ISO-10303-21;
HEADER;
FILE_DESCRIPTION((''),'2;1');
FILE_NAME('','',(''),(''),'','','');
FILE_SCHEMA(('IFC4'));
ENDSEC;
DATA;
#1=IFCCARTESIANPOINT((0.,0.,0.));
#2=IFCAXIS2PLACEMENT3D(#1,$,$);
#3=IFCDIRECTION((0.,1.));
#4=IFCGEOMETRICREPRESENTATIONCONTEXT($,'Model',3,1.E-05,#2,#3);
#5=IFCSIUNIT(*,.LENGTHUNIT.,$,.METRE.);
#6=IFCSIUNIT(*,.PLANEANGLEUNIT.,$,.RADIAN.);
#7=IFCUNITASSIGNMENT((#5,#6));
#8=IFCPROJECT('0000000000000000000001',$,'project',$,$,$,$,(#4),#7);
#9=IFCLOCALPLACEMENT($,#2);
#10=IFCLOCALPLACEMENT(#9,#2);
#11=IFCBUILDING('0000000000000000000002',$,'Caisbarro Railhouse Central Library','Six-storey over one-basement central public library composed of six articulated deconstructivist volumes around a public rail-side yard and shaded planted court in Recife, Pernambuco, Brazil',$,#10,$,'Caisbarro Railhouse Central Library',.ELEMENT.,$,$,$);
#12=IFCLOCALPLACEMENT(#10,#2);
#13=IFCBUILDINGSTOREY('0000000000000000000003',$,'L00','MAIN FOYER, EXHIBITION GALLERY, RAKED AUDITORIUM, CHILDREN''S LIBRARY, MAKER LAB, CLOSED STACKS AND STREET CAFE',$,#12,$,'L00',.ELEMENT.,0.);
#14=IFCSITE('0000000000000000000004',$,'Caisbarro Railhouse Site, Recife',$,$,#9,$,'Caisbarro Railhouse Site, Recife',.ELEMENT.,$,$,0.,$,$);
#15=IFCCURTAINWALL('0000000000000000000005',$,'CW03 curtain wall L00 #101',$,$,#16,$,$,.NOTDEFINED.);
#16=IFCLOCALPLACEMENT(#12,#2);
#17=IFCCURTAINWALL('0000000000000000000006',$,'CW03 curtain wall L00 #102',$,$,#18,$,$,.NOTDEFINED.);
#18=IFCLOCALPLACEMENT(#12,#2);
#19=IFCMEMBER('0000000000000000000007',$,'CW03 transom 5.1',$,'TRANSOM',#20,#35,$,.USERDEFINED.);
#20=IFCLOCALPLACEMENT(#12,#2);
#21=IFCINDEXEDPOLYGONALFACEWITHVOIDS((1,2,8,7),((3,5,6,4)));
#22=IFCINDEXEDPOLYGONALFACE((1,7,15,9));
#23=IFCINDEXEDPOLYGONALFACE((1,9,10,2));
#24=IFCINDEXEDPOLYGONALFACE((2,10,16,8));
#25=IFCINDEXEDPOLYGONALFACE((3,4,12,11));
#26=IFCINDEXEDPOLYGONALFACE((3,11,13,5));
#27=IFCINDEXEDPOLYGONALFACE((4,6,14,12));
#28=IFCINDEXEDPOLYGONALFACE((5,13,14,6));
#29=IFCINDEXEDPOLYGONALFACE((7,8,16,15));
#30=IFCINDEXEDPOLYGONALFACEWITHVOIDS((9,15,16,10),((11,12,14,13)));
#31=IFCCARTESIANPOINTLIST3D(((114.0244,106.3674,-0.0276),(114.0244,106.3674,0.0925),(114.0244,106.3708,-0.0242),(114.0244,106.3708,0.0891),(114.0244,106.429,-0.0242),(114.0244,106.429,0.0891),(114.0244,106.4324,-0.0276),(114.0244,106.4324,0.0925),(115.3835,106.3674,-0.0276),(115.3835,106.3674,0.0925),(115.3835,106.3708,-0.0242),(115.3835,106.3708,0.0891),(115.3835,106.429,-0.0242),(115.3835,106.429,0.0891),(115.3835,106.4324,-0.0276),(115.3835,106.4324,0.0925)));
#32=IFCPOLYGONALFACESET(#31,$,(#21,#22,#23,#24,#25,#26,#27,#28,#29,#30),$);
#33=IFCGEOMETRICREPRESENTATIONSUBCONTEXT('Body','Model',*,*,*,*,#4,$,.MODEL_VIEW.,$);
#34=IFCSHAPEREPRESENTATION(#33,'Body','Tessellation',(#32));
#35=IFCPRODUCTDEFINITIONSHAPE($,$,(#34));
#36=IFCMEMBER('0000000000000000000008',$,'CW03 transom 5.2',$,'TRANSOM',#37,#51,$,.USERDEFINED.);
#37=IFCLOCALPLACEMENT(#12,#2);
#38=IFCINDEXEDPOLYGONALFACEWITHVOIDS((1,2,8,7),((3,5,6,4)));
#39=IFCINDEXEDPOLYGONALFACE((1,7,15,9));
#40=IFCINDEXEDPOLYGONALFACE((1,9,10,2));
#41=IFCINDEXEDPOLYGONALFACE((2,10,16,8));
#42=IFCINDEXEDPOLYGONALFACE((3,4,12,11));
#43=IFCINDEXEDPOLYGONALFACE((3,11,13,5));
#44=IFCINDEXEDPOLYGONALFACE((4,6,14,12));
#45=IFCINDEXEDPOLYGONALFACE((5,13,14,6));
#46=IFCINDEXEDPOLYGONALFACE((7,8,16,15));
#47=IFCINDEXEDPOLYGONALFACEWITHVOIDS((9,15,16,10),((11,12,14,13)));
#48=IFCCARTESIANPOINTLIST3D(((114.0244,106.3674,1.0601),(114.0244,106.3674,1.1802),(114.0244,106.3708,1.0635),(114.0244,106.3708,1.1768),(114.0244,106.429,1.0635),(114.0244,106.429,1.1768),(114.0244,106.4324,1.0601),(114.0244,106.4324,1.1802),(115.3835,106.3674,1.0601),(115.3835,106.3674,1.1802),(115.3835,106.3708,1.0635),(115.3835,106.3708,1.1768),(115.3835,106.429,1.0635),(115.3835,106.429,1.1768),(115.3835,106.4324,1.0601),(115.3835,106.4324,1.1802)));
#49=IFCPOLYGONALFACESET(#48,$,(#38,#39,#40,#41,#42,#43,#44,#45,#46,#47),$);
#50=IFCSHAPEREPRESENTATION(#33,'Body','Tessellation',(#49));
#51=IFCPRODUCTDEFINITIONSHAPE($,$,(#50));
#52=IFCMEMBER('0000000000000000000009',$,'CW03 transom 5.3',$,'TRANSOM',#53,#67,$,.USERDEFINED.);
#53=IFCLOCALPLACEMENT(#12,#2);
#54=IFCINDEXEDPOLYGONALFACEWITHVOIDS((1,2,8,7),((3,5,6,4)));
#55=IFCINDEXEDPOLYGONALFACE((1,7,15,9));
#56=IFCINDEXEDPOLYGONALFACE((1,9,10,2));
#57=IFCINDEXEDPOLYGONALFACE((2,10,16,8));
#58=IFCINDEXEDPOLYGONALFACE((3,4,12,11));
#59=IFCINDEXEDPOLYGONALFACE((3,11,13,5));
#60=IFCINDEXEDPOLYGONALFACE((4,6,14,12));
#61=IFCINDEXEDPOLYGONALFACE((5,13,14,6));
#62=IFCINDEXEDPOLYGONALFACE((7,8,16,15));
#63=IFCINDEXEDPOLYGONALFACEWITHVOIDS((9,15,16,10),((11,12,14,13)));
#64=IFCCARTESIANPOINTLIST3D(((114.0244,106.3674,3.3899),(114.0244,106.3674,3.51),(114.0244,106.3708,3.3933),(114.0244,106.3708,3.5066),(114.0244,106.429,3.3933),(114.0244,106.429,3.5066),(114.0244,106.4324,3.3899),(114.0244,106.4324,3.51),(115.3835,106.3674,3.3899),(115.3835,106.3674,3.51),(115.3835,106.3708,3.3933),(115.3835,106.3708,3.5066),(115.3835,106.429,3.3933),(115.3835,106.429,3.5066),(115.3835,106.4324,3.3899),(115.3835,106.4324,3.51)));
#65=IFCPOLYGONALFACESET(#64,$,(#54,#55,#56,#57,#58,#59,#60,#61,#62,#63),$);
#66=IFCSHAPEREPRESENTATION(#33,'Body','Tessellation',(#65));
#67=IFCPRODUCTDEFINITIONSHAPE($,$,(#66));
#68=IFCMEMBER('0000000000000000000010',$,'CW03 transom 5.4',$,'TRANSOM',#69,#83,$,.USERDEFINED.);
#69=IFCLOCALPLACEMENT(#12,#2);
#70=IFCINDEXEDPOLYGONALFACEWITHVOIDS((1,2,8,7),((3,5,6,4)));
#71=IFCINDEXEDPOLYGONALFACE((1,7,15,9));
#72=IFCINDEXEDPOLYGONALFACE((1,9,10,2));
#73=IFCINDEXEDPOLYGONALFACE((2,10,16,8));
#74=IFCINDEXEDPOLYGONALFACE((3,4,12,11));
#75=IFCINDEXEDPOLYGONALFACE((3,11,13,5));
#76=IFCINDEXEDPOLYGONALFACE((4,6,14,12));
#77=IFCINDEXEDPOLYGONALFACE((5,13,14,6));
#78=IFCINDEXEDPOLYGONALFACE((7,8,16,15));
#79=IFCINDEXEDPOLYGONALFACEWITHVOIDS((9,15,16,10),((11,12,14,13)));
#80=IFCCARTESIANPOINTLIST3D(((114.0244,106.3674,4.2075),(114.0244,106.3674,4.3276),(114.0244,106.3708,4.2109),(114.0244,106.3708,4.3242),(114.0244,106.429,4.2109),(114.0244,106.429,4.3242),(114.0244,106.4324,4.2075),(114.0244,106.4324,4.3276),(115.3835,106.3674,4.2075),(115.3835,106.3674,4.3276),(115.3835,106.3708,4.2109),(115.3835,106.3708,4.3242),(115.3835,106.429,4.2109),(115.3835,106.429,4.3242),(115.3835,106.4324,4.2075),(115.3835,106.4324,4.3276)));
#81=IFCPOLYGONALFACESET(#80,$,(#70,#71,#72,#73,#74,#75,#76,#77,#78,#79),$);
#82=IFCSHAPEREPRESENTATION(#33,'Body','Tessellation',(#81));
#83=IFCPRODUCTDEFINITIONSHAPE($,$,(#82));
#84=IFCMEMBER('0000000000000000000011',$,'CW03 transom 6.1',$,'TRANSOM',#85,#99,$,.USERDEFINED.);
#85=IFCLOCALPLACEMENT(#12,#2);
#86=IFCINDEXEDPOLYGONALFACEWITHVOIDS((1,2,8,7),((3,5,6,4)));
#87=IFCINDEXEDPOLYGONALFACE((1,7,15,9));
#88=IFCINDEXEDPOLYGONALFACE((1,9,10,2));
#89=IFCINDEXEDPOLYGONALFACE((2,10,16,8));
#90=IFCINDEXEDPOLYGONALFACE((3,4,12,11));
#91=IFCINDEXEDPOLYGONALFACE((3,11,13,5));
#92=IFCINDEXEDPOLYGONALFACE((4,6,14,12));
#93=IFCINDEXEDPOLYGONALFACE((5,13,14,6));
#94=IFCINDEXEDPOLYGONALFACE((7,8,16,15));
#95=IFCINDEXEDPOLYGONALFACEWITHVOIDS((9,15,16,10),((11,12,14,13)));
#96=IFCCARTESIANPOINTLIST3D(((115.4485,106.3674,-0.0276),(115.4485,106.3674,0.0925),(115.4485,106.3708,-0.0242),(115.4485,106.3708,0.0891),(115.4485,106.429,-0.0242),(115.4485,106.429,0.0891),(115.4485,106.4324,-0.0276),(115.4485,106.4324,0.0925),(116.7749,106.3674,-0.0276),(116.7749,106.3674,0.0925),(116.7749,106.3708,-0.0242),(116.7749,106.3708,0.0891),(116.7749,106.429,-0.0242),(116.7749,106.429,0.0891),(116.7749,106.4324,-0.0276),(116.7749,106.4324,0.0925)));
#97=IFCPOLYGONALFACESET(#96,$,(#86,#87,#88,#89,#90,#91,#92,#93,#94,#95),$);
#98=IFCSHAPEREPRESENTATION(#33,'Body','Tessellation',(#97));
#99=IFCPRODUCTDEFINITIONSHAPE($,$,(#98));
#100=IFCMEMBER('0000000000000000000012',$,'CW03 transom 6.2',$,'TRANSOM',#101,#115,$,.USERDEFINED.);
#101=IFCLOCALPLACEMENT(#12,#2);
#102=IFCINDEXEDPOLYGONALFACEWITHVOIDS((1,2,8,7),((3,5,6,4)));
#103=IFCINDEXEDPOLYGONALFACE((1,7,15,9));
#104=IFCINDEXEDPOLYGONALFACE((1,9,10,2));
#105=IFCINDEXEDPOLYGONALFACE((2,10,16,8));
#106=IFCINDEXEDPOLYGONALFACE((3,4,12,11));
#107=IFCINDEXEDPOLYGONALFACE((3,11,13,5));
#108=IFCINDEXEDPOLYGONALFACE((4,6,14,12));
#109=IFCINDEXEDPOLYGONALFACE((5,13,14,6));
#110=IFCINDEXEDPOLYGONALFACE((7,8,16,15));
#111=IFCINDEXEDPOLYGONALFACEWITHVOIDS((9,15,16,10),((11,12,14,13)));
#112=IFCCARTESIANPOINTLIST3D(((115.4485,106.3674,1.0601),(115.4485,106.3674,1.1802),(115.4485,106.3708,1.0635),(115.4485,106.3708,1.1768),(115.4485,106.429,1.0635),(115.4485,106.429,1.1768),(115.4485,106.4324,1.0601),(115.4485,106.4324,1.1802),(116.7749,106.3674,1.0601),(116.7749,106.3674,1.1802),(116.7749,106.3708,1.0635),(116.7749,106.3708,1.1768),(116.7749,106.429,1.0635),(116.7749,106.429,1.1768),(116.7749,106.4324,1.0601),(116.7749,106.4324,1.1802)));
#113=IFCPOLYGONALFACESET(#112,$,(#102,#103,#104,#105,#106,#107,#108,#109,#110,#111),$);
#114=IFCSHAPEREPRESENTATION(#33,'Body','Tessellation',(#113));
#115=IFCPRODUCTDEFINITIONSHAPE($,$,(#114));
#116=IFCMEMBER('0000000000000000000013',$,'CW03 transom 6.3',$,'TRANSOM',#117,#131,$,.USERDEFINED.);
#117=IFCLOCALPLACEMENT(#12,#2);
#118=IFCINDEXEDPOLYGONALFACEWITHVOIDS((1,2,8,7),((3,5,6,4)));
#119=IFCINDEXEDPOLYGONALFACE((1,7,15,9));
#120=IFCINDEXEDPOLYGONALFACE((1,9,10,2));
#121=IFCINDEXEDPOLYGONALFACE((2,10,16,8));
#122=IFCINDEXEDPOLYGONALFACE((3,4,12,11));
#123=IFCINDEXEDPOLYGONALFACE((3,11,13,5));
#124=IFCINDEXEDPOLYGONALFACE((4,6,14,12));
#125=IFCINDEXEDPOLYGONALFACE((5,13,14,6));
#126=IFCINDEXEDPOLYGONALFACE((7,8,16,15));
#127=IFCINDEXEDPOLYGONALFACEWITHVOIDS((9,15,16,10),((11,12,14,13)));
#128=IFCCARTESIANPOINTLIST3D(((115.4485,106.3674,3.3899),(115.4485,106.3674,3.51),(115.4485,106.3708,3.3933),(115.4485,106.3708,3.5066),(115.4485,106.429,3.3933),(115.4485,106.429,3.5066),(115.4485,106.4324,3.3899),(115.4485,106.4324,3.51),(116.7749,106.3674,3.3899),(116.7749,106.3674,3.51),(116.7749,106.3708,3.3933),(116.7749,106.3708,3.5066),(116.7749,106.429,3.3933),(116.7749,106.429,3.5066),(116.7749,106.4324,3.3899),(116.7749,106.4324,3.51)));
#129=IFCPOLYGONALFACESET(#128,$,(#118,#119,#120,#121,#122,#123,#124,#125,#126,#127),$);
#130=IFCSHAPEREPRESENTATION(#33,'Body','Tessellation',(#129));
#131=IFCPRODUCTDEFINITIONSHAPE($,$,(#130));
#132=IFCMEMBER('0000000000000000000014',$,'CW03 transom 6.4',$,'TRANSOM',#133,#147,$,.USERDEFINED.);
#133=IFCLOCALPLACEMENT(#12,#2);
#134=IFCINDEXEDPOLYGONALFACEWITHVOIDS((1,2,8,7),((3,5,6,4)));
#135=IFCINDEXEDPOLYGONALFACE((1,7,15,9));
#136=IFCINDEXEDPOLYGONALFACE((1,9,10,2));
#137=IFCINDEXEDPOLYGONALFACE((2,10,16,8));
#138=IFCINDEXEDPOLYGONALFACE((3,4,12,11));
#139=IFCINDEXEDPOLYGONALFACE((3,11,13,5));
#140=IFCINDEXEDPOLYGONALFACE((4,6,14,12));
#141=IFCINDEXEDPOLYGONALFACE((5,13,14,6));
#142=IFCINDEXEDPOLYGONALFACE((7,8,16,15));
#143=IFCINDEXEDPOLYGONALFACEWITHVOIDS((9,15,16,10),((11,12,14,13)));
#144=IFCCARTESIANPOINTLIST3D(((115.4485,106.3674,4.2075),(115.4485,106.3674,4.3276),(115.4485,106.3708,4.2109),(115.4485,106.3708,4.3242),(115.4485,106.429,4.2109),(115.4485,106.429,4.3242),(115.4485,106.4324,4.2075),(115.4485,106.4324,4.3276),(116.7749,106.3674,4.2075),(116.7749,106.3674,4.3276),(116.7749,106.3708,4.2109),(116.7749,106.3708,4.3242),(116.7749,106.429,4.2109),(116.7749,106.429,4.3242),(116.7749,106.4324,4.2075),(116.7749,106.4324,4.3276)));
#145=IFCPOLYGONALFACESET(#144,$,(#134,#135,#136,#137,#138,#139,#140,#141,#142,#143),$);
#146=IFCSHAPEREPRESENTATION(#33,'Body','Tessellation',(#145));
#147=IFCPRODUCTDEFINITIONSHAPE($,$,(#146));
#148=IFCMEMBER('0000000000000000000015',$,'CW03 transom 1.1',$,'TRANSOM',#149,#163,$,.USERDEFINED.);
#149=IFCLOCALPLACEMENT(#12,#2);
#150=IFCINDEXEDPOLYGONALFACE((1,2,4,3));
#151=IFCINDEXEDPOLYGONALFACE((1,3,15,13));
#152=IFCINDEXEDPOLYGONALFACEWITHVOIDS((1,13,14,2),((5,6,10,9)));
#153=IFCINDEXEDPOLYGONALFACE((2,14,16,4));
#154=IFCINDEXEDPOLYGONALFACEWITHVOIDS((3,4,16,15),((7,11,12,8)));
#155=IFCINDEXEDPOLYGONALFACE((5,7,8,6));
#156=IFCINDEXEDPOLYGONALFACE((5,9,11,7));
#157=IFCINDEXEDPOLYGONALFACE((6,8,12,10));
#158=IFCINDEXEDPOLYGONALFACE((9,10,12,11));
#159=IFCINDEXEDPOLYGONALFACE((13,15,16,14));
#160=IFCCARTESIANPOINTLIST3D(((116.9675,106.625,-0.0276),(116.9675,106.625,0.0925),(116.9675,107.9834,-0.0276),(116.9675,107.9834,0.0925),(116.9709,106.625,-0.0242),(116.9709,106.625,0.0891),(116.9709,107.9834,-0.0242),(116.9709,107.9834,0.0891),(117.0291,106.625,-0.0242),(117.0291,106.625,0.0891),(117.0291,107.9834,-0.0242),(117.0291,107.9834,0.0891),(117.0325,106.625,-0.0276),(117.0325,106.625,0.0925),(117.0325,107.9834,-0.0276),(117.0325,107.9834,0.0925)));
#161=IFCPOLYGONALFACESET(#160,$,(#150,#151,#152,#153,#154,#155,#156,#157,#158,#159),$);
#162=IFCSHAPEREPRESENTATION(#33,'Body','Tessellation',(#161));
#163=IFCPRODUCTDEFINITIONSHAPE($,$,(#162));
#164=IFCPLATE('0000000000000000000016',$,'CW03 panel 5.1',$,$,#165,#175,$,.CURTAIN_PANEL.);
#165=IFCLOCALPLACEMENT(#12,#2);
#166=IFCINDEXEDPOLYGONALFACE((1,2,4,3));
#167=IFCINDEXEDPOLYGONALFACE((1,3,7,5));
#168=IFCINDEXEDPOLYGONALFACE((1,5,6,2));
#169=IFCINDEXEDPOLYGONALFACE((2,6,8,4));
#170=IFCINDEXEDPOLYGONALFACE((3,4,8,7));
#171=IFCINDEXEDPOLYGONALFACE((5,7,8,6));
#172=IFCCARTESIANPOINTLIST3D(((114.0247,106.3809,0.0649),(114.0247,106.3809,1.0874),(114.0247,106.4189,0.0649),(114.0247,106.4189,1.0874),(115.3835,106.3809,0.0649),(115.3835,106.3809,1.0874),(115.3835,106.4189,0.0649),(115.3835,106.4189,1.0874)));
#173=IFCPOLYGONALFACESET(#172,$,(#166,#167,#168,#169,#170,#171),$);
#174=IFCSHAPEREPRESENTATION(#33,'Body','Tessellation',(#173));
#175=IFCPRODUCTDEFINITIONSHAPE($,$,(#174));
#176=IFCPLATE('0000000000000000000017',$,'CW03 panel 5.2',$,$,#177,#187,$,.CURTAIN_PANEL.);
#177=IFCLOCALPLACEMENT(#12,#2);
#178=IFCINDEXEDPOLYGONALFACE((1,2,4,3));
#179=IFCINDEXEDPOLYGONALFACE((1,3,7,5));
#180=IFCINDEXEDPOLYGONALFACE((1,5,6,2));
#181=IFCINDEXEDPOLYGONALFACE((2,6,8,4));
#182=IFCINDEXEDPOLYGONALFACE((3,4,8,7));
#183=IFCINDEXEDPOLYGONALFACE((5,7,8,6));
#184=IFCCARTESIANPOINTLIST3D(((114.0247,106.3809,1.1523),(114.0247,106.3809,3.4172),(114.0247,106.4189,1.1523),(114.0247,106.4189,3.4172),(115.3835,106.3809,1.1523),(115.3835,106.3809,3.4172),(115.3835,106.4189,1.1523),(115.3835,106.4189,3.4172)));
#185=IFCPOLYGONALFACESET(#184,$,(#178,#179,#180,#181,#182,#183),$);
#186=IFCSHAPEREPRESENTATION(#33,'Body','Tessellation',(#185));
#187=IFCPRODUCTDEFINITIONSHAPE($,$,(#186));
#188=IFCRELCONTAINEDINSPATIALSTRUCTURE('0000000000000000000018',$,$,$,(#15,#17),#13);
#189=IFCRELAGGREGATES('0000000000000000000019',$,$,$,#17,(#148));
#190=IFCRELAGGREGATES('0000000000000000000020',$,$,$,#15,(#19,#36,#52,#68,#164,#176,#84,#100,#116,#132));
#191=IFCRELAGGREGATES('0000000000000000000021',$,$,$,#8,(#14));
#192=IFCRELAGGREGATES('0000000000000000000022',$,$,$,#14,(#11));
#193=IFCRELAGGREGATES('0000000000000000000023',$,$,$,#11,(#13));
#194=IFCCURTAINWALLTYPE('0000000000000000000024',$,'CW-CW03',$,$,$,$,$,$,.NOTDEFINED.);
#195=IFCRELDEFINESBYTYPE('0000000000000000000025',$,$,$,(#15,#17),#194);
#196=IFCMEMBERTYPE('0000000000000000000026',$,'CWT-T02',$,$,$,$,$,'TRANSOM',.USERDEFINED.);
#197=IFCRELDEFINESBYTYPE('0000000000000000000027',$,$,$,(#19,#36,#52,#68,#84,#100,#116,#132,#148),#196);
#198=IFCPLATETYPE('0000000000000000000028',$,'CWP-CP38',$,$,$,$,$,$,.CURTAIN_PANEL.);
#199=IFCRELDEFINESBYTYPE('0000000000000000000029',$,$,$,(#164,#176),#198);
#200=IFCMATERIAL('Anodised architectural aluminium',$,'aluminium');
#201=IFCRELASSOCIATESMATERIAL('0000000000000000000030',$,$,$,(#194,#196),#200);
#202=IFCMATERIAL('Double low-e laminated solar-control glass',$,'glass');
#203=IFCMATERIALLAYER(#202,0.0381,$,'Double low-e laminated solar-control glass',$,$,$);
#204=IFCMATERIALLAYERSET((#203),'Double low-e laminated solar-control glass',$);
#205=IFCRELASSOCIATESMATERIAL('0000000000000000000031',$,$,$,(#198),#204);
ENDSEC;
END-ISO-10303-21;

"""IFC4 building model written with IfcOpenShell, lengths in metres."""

from ifc_helpers import new_model, si_unit, direction, frame, origin, origin_2d, place, context, subcontext, project, spatial, rectangle, hollow_rectangle, extrude, material, layer, layer_set, material_profile, profile_set, type_object, element, aggregate, save


model = new_model("IFC4")

# Units and contexts
model_context = context("Model", 3, precision=1e-05, world=origin(), true_north=direction((0.0, 1.0)))
body_context = subcontext(model_context, "Body", "Model", "MODEL_VIEW")
ifc_project = project(units=[si_unit("LENGTHUNIT", "METRE"), si_unit("PLANEANGLEUNIT", "RADIAN")], contexts=[model_context])

# Site, building, storey
site_placement = place(None, origin())
site = spatial("IfcSite", under=ifc_project, at=site_placement, Name="Caisbarro Railhouse Site, Recife", LongName="Caisbarro Railhouse Site, Recife", CompositionType="ELEMENT", RefElevation=0.0)
building_placement = place(site_placement, origin())
building = spatial("IfcBuilding", under=site, at=building_placement, Name="Caisbarro Railhouse Central Library", Description="Six-storey over one-basement central public library composed of six articulated deconstructivist volumes around a public rail-side yard and shaded planted court in Recife, Pernambuco, Brazil", LongName="Caisbarro Railhouse Central Library", CompositionType="ELEMENT")
storey_placement = place(building_placement, origin())
storey = spatial("IfcBuildingStorey", under=building, at=storey_placement, Name="L00", Description="MAIN FOYER, EXHIBITION GALLERY, RAKED AUDITORIUM, CHILDREN'S LIBRARY, MAKER LAB, CLOSED STACKS AND STREET CAFE", LongName="L00", CompositionType="ELEMENT", Elevation=0.0)

# Curtain wall
ifc_material_1 = material(Name="Anodised architectural aluminium", Category="aluminium")
curtain_wall_type = type_object("IfcCurtainWallType", Name="CW-CW03", PredefinedType="NOTDEFINED", material=ifc_material_1)
curtain_wall_1_placement = place(storey_placement, origin())
curtain_wall_1 = element("IfcCurtainWall", 1, at=curtain_wall_1_placement, inside=storey, type_object=curtain_wall_type, Name="CW03 curtain wall L00 #101", PredefinedType="NOTDEFINED")

# Curtain wall
curtain_wall_2_placement = place(storey_placement, origin())
curtain_wall_2 = element("IfcCurtainWall", 2, at=curtain_wall_2_placement, inside=storey, type_object=curtain_wall_type, Name="CW03 curtain wall L00 #102", PredefinedType="NOTDEFINED")

# Members
ifc_material_profile_1 = material_profile(ifc_material_1, hollow_rectangle(XDim=0.0649, YDim=0.1201, WallThickness=0.0034, at=origin_2d()), Name="ALU-TRN-65X120")
ifc_profile_set_1 = profile_set([ifc_material_profile_1], Name="Anodised architectural aluminium")
member_type_1 = type_object("IfcMemberType", Name="CWT-T02", ElementType="TRANSOM", PredefinedType="USERDEFINED", material=ifc_profile_set_1)
member_1_placement = place(storey_placement, frame((114.0244, 106.3999, 0.0325), z_axis=(1.0, 0.0, 0.0), x_axis=(0.0, 1.0, 0.0)))
member_1 = element("IfcMember", 3, at=member_1_placement, type_object=member_type_1, Name="CW03 transom 5.1", ObjectType="TRANSOM", PredefinedType="USERDEFINED", context=body_context, shape_type="SweptSolid", body=[
    extrude(hollow_rectangle(XDim=0.0649, YDim=0.1201, WallThickness=0.0034, at=origin_2d()), origin(), (0.0, 0.0, 1.0), 1.3591),
])
member_2_placement = place(storey_placement, frame((114.0244, 106.3999, 1.1201), z_axis=(1.0, 0.0, 0.0), x_axis=(0.0, 1.0, 0.0)))
member_2 = element("IfcMember", 4, at=member_2_placement, type_object=member_type_1, Name="CW03 transom 5.2", ObjectType="TRANSOM", PredefinedType="USERDEFINED", context=body_context, shape_type="SweptSolid", body=[
    extrude(hollow_rectangle(XDim=0.0649, YDim=0.1201, WallThickness=0.0034, at=origin_2d()), origin(), (0.0, 0.0, 1.0), 1.3591),
])
member_3_placement = place(storey_placement, frame((114.0244, 106.3999, 3.45), z_axis=(1.0, 0.0, 0.0), x_axis=(0.0, 1.0, 0.0)))
member_3 = element("IfcMember", 5, at=member_3_placement, type_object=member_type_1, Name="CW03 transom 5.3", ObjectType="TRANSOM", PredefinedType="USERDEFINED", context=body_context, shape_type="SweptSolid", body=[
    extrude(hollow_rectangle(XDim=0.0649, YDim=0.1201, WallThickness=0.0034, at=origin_2d()), origin(), (0.0, 0.0, 1.0), 1.3591),
])
member_4_placement = place(storey_placement, frame((114.0244, 106.3999, 4.2676), z_axis=(1.0, 0.0, 0.0), x_axis=(0.0, 1.0, 0.0)))
member_4 = element("IfcMember", 6, at=member_4_placement, type_object=member_type_1, Name="CW03 transom 5.4", ObjectType="TRANSOM", PredefinedType="USERDEFINED", context=body_context, shape_type="SweptSolid", body=[
    extrude(hollow_rectangle(XDim=0.0649, YDim=0.1201, WallThickness=0.0034, at=origin_2d()), origin(), (0.0, 0.0, 1.0), 1.3591),
])
member_5_placement = place(storey_placement, frame((115.4485, 106.3999, 0.0325), z_axis=(1.0, 0.0, 0.0), x_axis=(0.0, 1.0, 0.0)))
member_5 = element("IfcMember", 7, at=member_5_placement, type_object=member_type_1, Name="CW03 transom 6.1", ObjectType="TRANSOM", PredefinedType="USERDEFINED", context=body_context, shape_type="SweptSolid", body=[
    extrude(hollow_rectangle(XDim=0.0649, YDim=0.1201, WallThickness=0.0034, at=origin_2d()), origin(), (0.0, 0.0, 1.0), 1.3264),
])
member_6_placement = place(storey_placement, frame((115.4485, 106.3999, 1.1201), z_axis=(1.0, 0.0, 0.0), x_axis=(0.0, 1.0, 0.0)))
member_6 = element("IfcMember", 8, at=member_6_placement, type_object=member_type_1, Name="CW03 transom 6.2", ObjectType="TRANSOM", PredefinedType="USERDEFINED", context=body_context, shape_type="SweptSolid", body=[
    extrude(hollow_rectangle(XDim=0.0649, YDim=0.1201, WallThickness=0.0034, at=origin_2d()), origin(), (0.0, 0.0, 1.0), 1.3264),
])
member_7_placement = place(storey_placement, frame((115.4485, 106.3999, 3.45), z_axis=(1.0, 0.0, 0.0), x_axis=(0.0, 1.0, 0.0)))
member_7 = element("IfcMember", 9, at=member_7_placement, type_object=member_type_1, Name="CW03 transom 6.3", ObjectType="TRANSOM", PredefinedType="USERDEFINED", context=body_context, shape_type="SweptSolid", body=[
    extrude(hollow_rectangle(XDim=0.0649, YDim=0.1201, WallThickness=0.0034, at=origin_2d()), origin(), (0.0, 0.0, 1.0), 1.3264),
])
member_8_placement = place(storey_placement, frame((115.4485, 106.3999, 4.2676), z_axis=(1.0, 0.0, 0.0), x_axis=(0.0, 1.0, 0.0)))
member_8 = element("IfcMember", 10, at=member_8_placement, type_object=member_type_1, Name="CW03 transom 6.4", ObjectType="TRANSOM", PredefinedType="USERDEFINED", context=body_context, shape_type="SweptSolid", body=[
    extrude(hollow_rectangle(XDim=0.0649, YDim=0.1201, WallThickness=0.0034, at=origin_2d()), origin(), (0.0, 0.0, 1.0), 1.3264),
])
member_9_placement = place(storey_placement, frame((117.0, 106.625, 0.0325), z_axis=(0.0, 1.0, 0.0), x_axis=(-1.0, 0.0, 0.0)))
member_9 = element("IfcMember", 11, at=member_9_placement, type_object=member_type_1, Name="CW03 transom 1.1", ObjectType="TRANSOM", PredefinedType="USERDEFINED", context=body_context, shape_type="SweptSolid", body=[
    extrude(hollow_rectangle(XDim=0.0649, YDim=0.1201, WallThickness=0.0034, at=origin_2d()), origin(), (0.0, 0.0, 1.0), 1.3584),
])
aggregate(curtain_wall_2, [member_9])

# Plates
ifc_material_2 = material(Name="Double low-e laminated solar-control glass", Category="glass")
ifc_layer_1 = layer(ifc_material_2, 0.0381, Name="Double low-e laminated solar-control glass")
ifc_layer_set_1 = layer_set([ifc_layer_1], Name="Double low-e laminated solar-control glass")
plate_type = type_object("IfcPlateType", Name="CWP-CP38", PredefinedType="CURTAIN_PANEL", material=ifc_layer_set_1)
plate_1_placement = place(storey_placement, frame((114.7041, 106.3999, 0.0649), z_axis=(0.0, 0.0, 1.0), x_axis=(1.0, 0.0, 0.0)))
plate_1 = element("IfcPlate", 12, at=plate_1_placement, type_object=plate_type, Name="CW03 panel 5.1", PredefinedType="CURTAIN_PANEL", context=body_context, shape_type="SweptSolid", body=[
    extrude(rectangle(XDim=1.3589, YDim=0.0381, at=origin_2d()), origin(), (0.0, 0.0, 1.0), 1.0225),
])
plate_2_placement = place(storey_placement, frame((114.7041, 106.3999, 1.1523), z_axis=(0.0, 0.0, 1.0), x_axis=(1.0, 0.0, 0.0)))
plate_2 = element("IfcPlate", 13, at=plate_2_placement, type_object=plate_type, Name="CW03 panel 5.2", PredefinedType="CURTAIN_PANEL", context=body_context, shape_type="SweptSolid", body=[
    extrude(rectangle(XDim=1.3589, YDim=0.0381, at=origin_2d()), origin(), (0.0, 0.0, 1.0), 2.2649),
])
aggregate(curtain_wall_1, [member_1, member_2, member_3, member_4, plate_1, plate_2, member_5, member_6, member_7, member_8])

save(model, "model.ifc")
